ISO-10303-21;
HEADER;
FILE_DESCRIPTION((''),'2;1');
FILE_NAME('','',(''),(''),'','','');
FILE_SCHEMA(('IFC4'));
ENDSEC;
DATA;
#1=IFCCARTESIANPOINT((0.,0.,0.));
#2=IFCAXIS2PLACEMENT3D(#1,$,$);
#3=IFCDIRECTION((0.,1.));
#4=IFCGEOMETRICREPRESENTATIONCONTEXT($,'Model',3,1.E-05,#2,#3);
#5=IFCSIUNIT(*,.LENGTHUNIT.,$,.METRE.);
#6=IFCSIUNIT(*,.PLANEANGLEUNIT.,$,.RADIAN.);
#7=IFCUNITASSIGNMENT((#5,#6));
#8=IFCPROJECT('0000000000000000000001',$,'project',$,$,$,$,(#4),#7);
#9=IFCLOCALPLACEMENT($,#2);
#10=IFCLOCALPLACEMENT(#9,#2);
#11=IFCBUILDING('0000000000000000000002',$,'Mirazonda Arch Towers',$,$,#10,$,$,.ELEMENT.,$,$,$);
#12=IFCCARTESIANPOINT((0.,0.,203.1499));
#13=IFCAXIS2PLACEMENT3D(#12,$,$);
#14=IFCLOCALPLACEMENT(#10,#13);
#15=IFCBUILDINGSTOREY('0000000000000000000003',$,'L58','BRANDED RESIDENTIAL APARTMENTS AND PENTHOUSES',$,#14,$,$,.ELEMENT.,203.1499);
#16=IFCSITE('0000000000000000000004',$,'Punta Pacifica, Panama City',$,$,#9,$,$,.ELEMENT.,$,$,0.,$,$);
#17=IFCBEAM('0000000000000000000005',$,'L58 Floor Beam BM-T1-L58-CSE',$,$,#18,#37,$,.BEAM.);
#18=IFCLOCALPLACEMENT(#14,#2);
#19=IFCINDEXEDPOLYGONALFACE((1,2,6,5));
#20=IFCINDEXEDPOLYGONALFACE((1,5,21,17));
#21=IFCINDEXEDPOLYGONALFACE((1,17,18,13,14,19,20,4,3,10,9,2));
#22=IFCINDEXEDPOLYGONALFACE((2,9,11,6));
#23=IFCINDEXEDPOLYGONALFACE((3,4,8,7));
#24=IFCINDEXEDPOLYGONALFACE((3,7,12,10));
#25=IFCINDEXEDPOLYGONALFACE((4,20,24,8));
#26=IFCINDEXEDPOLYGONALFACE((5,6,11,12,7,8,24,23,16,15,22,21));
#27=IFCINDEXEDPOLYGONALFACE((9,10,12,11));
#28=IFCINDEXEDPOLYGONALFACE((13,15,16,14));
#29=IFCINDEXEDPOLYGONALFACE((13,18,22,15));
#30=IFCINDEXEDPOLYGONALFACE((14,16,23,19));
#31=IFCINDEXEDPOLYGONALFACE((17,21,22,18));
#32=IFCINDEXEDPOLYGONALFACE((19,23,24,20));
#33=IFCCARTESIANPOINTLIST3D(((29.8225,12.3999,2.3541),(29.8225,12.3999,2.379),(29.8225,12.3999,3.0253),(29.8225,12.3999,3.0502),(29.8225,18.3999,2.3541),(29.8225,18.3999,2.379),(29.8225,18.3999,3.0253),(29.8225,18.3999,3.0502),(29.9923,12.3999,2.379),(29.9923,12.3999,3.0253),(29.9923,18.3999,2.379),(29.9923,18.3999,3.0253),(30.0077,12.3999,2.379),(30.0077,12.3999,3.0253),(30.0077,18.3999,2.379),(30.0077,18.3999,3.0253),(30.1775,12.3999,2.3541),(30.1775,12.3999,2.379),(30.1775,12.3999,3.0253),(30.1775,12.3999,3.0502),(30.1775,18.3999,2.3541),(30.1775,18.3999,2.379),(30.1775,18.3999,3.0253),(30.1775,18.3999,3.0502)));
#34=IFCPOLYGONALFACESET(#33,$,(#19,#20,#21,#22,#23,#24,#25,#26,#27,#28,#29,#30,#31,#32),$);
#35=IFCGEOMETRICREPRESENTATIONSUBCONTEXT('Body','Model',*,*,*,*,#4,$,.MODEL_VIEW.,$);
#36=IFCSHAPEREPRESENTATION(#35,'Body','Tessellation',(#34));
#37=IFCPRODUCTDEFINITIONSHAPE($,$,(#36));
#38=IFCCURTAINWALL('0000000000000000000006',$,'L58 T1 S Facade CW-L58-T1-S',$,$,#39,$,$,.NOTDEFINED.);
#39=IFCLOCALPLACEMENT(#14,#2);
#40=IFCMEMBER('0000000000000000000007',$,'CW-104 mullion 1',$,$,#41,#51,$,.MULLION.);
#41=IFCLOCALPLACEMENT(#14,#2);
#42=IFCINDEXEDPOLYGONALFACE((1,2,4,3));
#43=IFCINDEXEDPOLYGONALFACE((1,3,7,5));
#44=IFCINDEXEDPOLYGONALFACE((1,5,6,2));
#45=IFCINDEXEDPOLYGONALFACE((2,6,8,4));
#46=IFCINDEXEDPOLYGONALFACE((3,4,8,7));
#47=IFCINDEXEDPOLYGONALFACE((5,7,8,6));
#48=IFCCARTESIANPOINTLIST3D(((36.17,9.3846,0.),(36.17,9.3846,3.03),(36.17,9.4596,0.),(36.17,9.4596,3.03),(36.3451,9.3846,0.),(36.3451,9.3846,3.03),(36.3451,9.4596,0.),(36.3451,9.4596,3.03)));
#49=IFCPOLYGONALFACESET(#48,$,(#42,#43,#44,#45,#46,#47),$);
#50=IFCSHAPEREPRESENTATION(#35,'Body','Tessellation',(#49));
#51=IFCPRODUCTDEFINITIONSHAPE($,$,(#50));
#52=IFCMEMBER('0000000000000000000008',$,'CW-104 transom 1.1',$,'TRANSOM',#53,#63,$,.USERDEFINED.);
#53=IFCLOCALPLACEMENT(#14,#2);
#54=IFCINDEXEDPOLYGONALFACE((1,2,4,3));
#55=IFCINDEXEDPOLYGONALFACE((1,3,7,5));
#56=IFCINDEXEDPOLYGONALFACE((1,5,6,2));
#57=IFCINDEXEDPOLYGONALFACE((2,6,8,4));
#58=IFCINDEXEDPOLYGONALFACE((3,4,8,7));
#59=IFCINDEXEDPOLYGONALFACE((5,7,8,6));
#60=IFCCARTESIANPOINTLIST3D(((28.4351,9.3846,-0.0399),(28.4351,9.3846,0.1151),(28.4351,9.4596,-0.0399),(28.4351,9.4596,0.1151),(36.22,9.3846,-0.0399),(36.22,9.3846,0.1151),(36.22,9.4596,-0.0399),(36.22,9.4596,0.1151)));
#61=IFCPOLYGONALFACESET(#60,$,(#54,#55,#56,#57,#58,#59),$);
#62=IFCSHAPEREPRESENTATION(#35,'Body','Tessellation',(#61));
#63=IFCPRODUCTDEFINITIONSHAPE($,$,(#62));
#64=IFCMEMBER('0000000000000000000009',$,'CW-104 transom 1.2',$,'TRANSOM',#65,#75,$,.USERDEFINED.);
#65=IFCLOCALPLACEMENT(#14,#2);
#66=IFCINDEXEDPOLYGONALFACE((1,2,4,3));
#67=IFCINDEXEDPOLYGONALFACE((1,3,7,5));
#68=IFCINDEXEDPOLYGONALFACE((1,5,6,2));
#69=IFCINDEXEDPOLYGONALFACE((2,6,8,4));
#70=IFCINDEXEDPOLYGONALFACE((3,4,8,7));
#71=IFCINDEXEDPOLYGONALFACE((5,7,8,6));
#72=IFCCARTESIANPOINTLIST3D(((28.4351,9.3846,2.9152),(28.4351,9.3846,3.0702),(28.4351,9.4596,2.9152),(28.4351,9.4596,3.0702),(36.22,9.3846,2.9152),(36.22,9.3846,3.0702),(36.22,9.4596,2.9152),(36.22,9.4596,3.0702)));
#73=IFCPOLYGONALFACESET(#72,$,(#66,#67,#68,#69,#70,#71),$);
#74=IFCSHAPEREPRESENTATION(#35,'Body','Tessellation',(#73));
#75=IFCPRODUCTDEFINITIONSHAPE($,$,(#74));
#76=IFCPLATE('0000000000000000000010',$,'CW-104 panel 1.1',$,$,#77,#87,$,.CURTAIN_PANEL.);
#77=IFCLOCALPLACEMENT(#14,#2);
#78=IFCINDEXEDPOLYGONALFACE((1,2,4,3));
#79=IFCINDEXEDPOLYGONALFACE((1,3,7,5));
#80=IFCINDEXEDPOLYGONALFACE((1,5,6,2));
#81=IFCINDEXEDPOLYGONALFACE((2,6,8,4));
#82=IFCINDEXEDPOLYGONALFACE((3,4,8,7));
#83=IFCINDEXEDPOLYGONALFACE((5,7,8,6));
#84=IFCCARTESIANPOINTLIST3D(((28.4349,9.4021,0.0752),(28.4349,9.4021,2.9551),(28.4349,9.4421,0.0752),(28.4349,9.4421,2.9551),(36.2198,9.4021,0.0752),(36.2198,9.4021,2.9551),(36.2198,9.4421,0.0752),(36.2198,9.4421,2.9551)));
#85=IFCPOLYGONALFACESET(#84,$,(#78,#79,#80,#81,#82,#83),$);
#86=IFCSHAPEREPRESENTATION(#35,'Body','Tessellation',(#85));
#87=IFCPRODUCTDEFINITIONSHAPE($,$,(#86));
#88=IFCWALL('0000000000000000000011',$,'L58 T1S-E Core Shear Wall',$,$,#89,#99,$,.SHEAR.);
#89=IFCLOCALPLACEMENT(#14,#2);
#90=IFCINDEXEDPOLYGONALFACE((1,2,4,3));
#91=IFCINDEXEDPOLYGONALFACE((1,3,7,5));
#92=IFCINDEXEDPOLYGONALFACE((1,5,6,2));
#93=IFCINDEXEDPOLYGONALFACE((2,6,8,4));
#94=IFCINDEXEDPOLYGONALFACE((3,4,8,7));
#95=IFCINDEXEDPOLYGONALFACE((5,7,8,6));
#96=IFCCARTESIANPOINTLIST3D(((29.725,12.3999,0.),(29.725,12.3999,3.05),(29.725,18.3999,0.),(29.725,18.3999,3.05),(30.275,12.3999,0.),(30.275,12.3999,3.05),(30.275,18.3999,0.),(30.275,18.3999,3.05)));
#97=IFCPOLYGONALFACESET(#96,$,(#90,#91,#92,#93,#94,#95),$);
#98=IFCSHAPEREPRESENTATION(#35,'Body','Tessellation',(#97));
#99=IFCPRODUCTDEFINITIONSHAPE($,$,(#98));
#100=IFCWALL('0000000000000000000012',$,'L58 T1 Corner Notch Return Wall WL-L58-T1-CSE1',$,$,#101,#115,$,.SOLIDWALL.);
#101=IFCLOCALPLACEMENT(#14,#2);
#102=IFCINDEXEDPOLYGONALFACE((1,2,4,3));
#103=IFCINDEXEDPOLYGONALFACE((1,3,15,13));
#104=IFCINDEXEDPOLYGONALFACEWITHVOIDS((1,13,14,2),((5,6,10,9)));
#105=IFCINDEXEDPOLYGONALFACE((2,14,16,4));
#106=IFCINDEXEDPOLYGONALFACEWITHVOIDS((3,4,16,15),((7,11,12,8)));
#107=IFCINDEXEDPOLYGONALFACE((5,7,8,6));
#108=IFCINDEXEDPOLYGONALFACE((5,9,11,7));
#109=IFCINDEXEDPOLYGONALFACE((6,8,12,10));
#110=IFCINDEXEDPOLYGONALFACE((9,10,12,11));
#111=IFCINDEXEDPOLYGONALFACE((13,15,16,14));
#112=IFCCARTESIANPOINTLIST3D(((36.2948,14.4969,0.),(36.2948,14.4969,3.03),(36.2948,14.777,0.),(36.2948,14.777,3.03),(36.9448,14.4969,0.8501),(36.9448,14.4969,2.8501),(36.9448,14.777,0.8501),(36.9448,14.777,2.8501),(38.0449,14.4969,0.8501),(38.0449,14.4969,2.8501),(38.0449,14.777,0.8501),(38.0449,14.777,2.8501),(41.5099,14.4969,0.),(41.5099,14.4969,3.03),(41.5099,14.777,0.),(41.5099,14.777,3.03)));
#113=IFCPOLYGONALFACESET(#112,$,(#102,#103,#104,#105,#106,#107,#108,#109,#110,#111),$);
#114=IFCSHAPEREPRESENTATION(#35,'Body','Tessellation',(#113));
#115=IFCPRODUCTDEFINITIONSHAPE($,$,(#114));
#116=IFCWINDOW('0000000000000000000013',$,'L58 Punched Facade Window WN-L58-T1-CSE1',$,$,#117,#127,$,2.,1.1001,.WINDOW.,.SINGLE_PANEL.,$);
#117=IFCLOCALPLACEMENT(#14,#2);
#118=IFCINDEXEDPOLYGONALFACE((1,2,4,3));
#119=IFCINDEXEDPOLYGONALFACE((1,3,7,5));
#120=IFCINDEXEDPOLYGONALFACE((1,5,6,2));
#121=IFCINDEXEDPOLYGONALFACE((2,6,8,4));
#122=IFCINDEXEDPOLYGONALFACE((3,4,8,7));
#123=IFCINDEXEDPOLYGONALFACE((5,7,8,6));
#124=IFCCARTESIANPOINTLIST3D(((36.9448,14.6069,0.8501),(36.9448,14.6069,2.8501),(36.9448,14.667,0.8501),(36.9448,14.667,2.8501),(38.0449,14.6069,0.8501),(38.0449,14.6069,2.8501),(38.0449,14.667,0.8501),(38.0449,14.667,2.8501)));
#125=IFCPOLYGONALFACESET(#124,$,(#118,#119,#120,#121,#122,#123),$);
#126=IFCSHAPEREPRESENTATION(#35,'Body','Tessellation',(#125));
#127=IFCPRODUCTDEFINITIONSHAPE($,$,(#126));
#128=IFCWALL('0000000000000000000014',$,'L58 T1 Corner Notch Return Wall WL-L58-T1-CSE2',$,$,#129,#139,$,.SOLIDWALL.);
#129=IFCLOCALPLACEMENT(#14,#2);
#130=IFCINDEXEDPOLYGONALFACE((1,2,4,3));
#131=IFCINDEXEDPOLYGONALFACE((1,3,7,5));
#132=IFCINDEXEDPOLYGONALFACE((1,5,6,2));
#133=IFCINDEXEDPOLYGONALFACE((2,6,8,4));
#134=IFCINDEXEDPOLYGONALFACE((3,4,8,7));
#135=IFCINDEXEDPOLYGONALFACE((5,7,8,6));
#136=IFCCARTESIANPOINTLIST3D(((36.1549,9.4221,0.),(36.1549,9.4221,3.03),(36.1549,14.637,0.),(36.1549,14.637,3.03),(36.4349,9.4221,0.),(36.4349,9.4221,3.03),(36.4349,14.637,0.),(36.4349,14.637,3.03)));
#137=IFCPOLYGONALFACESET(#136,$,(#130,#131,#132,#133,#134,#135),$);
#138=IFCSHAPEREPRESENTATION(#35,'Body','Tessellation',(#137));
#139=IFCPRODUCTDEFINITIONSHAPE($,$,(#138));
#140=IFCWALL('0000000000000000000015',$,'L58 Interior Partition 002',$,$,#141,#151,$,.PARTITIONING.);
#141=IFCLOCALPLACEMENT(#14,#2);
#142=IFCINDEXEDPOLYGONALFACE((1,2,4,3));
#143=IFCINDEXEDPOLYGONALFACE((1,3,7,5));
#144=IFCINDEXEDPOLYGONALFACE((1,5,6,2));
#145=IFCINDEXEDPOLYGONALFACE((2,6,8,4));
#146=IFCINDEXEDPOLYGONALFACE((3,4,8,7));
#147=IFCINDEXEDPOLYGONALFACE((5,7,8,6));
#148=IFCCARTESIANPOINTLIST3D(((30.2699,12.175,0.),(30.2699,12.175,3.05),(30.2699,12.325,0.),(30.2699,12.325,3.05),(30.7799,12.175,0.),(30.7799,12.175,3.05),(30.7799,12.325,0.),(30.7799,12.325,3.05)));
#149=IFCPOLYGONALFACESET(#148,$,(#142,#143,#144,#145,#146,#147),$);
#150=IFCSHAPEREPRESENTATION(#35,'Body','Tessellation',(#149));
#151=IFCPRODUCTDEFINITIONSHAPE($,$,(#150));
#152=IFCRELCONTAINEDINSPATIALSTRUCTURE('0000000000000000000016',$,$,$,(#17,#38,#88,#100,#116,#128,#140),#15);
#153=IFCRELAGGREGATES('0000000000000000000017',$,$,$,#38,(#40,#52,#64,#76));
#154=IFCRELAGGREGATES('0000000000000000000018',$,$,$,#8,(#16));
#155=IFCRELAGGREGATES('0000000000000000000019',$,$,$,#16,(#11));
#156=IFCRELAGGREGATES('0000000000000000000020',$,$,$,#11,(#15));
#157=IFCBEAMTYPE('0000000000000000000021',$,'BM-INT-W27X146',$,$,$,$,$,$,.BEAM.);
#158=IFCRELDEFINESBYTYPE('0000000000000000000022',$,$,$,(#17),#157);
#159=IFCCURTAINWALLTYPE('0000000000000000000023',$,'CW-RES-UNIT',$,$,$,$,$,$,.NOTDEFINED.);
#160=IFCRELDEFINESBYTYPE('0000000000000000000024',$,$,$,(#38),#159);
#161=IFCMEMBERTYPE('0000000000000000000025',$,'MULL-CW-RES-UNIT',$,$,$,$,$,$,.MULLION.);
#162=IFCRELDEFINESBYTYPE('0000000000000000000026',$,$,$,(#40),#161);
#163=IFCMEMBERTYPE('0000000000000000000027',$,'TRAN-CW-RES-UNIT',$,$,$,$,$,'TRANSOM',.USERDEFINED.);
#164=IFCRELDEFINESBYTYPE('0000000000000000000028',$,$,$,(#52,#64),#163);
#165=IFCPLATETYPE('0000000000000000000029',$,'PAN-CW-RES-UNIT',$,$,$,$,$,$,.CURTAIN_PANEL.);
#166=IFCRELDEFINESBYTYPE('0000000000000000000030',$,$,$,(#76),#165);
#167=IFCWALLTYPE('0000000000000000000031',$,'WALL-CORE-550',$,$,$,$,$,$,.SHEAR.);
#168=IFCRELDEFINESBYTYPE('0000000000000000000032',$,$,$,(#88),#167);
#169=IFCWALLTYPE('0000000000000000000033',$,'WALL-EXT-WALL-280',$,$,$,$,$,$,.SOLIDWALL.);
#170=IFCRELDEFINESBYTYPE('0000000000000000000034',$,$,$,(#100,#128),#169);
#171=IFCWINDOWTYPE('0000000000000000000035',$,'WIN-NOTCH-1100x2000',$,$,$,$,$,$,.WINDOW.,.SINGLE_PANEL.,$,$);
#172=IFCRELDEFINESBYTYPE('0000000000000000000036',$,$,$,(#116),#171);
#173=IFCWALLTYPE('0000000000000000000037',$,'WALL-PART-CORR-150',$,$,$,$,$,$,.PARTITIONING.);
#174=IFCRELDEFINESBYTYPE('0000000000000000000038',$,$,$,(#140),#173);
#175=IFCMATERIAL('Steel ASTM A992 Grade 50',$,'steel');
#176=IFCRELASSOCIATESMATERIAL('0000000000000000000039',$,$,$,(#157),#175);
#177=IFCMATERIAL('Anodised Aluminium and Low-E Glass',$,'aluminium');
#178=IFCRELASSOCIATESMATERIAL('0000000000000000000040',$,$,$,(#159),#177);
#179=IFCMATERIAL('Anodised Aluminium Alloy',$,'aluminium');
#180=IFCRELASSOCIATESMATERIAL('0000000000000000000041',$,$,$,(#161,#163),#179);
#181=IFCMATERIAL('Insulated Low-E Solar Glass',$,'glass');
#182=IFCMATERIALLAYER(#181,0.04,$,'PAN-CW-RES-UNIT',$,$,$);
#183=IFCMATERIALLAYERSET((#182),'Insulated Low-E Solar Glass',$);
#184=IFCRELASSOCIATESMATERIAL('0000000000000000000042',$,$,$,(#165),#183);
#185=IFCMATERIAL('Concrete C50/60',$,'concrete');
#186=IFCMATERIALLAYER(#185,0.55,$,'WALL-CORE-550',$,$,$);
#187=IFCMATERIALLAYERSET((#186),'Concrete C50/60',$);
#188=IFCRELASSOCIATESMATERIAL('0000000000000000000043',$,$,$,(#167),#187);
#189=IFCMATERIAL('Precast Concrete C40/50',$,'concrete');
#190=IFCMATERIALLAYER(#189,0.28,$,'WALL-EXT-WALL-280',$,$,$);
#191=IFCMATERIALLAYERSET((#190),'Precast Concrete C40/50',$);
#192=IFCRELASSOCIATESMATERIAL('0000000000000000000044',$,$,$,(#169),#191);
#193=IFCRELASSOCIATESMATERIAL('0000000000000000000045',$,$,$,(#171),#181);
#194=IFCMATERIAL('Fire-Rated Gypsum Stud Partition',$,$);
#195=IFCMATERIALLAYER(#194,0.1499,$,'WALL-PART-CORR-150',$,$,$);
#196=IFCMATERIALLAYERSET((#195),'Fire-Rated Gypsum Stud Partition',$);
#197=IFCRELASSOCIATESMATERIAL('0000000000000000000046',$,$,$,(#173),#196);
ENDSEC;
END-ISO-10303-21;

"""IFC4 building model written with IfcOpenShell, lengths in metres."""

from ifc_helpers import new_model, si_unit, direction, frame, frame_2d, origin, origin_2d, place, context, subcontext, project, spatial, rectangle, i_section, extrude, material, layer, layer_set, material_profile, profile_set, type_object, element, fill, aggregate, save


model = new_model("IFC4")

# Units and contexts
model_context = context("Model", 3, precision=1e-05, world=origin(), true_north=direction((0.0, 1.0)))
body_context = subcontext(model_context, "Body", "Model", "MODEL_VIEW")
ifc_project = project(units=[si_unit("LENGTHUNIT", "METRE"), si_unit("PLANEANGLEUNIT", "RADIAN")], contexts=[model_context])

# Site, building, storey
site_placement = place(None, origin())
site = spatial("IfcSite", under=ifc_project, at=site_placement, Name="Punta Pacifica, Panama City", CompositionType="ELEMENT", RefElevation=0.0)
building_placement = place(site_placement, origin())
building = spatial("IfcBuilding", under=site, at=building_placement, Name="Mirazonda Arch Towers", CompositionType="ELEMENT")
storey_placement = place(building_placement, frame((0.0, 0.0, 203.1499)))
storey = spatial("IfcBuildingStorey", under=building, at=storey_placement, Name="L58", Description="BRANDED RESIDENTIAL APARTMENTS AND PENTHOUSES", CompositionType="ELEMENT", Elevation=203.1499)

# Beam
ifc_material_1 = material(Name="Steel ASTM A992 Grade 50", Category="steel")
ifc_material_profile_1 = material_profile(ifc_material_1, i_section(OverallWidth=0.355, OverallDepth=0.696, WebThickness=0.0154, FlangeThickness=0.0249, at=origin_2d()), Name="W27X146")
ifc_profile_set_1 = profile_set([ifc_material_profile_1], Name="Steel ASTM A992 Grade 50")
beam_type = type_object("IfcBeamType", Name="BM-INT-W27X146", PredefinedType="BEAM", material=ifc_profile_set_1)
beam_placement = place(storey_placement, frame((30.0, 12.3999, 2.7021), z_axis=(0.0, 1.0, 0.0), x_axis=(-1.0, 0.0, 0.0)))
element("IfcBeam", 1, at=beam_placement, inside=storey, type_object=beam_type, Name="L58 Floor Beam BM-T1-L58-CSE", PredefinedType="BEAM", context=body_context, shape_type="SweptSolid", body=[
    extrude(i_section(OverallWidth=0.355, OverallDepth=0.696, WebThickness=0.0154, FlangeThickness=0.0249, at=origin_2d()), origin(), (0.0, 0.0, 1.0), 6.0),
])

# Curtain wall, members, plate
ifc_material_2 = material(Name="Anodised Aluminium and Low-E Glass", Category="aluminium")
curtain_wall_type = type_object("IfcCurtainWallType", Name="CW-RES-UNIT", PredefinedType="NOTDEFINED", material=ifc_material_2)
curtain_wall_placement = place(storey_placement, origin())
curtain_wall = element("IfcCurtainWall", 2, at=curtain_wall_placement, inside=storey, type_object=curtain_wall_type, Name="L58 T1 S Facade CW-L58-T1-S", PredefinedType="NOTDEFINED")
ifc_material_3 = material(Name="Anodised Aluminium Alloy", Category="aluminium")
ifc_material_profile_2 = material_profile(ifc_material_3, rectangle(XDim=0.075, YDim=0.175, at=origin_2d()), Name="ALU-MULL-75x175")
ifc_profile_set_2 = profile_set([ifc_material_profile_2], Name="Anodised Aluminium Alloy")
member_type_1 = type_object("IfcMemberType", Name="MULL-CW-RES-UNIT", PredefinedType="MULLION", material=ifc_profile_set_2)
member_1_placement = place(storey_placement, frame((36.2576, 9.4221, 0.0), z_axis=(0.0, 0.0, 1.0), x_axis=(0.0, -1.0, 0.0)))
member_1 = element("IfcMember", 3, at=member_1_placement, type_object=member_type_1, Name="CW-104 mullion 1", PredefinedType="MULLION", context=body_context, shape_type="SweptSolid", body=[
    extrude(rectangle(XDim=0.075, YDim=0.175, at=origin_2d()), origin(), (0.0, 0.0, 1.0), 3.03),
])
ifc_material_profile_3 = material_profile(ifc_material_3, rectangle(XDim=0.075, YDim=0.155, at=origin_2d()), Name="ALU-TRAN-75x155")
ifc_profile_set_3 = profile_set([ifc_material_profile_3], Name="Anodised Aluminium Alloy")
member_type_2 = type_object("IfcMemberType", Name="TRAN-CW-RES-UNIT", ElementType="TRANSOM", PredefinedType="USERDEFINED", material=ifc_profile_set_3)
member_2_placement = place(storey_placement, frame((36.22, 9.4221, 0.0376), z_axis=(-1.0, 0.0, 0.0), x_axis=(0.0, -1.0, 0.0)))
member_2 = element("IfcMember", 4, at=member_2_placement, type_object=member_type_2, Name="CW-104 transom 1.1", ObjectType="TRANSOM", PredefinedType="USERDEFINED", context=body_context, shape_type="SweptSolid", body=[
    extrude(rectangle(XDim=0.075, YDim=0.155, at=origin_2d()), origin(), (0.0, 0.0, 1.0), 7.7849),
])
member_3_placement = place(storey_placement, frame((36.22, 9.4221, 2.9927), z_axis=(-1.0, 0.0, 0.0), x_axis=(0.0, -1.0, 0.0)))
member_3 = element("IfcMember", 5, at=member_3_placement, type_object=member_type_2, Name="CW-104 transom 1.2", ObjectType="TRANSOM", PredefinedType="USERDEFINED", context=body_context, shape_type="SweptSolid", body=[
    extrude(rectangle(XDim=0.075, YDim=0.155, at=origin_2d()), origin(), (0.0, 0.0, 1.0), 7.7849),
])
ifc_material_4 = material(Name="Insulated Low-E Solar Glass", Category="glass")
ifc_layer_1 = layer(ifc_material_4, 0.04, Name="PAN-CW-RES-UNIT")
ifc_layer_set_1 = layer_set([ifc_layer_1], Name="Insulated Low-E Solar Glass")
plate_type = type_object("IfcPlateType", Name="PAN-CW-RES-UNIT", PredefinedType="CURTAIN_PANEL", material=ifc_layer_set_1)
plate_placement = place(storey_placement, frame((32.3274, 9.4221, 0.0752), z_axis=(0.0, 0.0, 1.0), x_axis=(-1.0, 0.0, 0.0)))
plate = element("IfcPlate", 6, at=plate_placement, type_object=plate_type, Name="CW-104 panel 1.1", PredefinedType="CURTAIN_PANEL", context=body_context, shape_type="SweptSolid", body=[
    extrude(rectangle(XDim=7.7849, YDim=0.04, at=origin_2d()), origin(), (0.0, 0.0, 1.0), 2.8799),
])
aggregate(curtain_wall, [member_1, member_2, member_3, plate])

# Wall
ifc_material_5 = material(Name="Concrete C50/60", Category="concrete")
ifc_layer_2 = layer(ifc_material_5, 0.55, Name="WALL-CORE-550")
ifc_layer_set_2 = layer_set([ifc_layer_2], Name="Concrete C50/60")
wall_type_1 = type_object("IfcWallType", Name="WALL-CORE-550", PredefinedType="SHEAR", material=ifc_layer_set_2)
wall_1_placement = place(storey_placement, frame((30.0, 12.3999, 0.0), z_axis=(0.0, 0.0, 1.0), x_axis=(0.0, 1.0, 0.0)))
element("IfcWall", 7, at=wall_1_placement, inside=storey, type_object=wall_type_1, Name="L58 T1S-E Core Shear Wall", PredefinedType="SHEAR", context=body_context, shape_type="SweptSolid", body=[
    extrude(rectangle(XDim=6.0, YDim=0.55, at=frame_2d((3.0, 0.0))), origin(), (0.0, 0.0, 1.0), 3.05),
])

# Wall, opening, window
ifc_material_6 = material(Name="Precast Concrete C40/50", Category="concrete")
ifc_layer_3 = layer(ifc_material_6, 0.28, Name="WALL-EXT-WALL-280")
ifc_layer_set_3 = layer_set([ifc_layer_3], Name="Precast Concrete C40/50")
wall_type_2 = type_object("IfcWallType", Name="WALL-EXT-WALL-280", PredefinedType="SOLIDWALL", material=ifc_layer_set_3)
wall_2_placement = place(storey_placement, frame((36.2949, 14.637, 0.0), z_axis=(0.0, 0.0, 1.0), x_axis=(1.0, 0.0, 0.0)))
wall_2 = element("IfcWall", 8, at=wall_2_placement, inside=storey, type_object=wall_type_2, Name="L58 T1 Corner Notch Return Wall WL-L58-T1-CSE1", PredefinedType="SOLIDWALL", context=body_context, shape_type="SweptSolid", body=[
    extrude(rectangle(XDim=5.2151, YDim=0.28, at=frame_2d((2.6074, 0.0))), origin(), (0.0, 0.0, 1.0), 3.03),
])
opening_1_placement = place(wall_2_placement, frame((0.6499, 0.0, 0.8501)))
opening_1 = element("IfcOpeningElement", 9, at=opening_1_placement, cuts=wall_2, PredefinedType="OPENING", context=body_context, shape_type="SweptSolid", body=[
    extrude(rectangle(XDim=1.1001, YDim=2.0, at=frame_2d((0.55, 1.0))), frame((0.0, 0.1499, 0.0), z_axis=(0.0, -1.0, 0.0), x_axis=(1.0, 0.0, 0.0)), (0.0, 0.0, 1.0), 0.3),
])
window_type = type_object("IfcWindowType", Name="WIN-NOTCH-1100x2000", PartitioningType="SINGLE_PANEL", PredefinedType="WINDOW", material=ifc_material_4)
window_placement = place(opening_1_placement, origin())
window = element("IfcWindow", 10, at=window_placement, inside=storey, type_object=window_type, Name="L58 Punched Facade Window WN-L58-T1-CSE1", OverallHeight=2.0, OverallWidth=1.1001, PartitioningType="SINGLE_PANEL", PredefinedType="WINDOW", context=body_context, shape_type="SweptSolid", body=[
    extrude(rectangle(XDim=1.1001, YDim=2.0, at=frame_2d((0.55, 1.0))), frame((0.0, 0.03, 0.0), z_axis=(0.0, -1.0, 0.0), x_axis=(1.0, 0.0, 0.0)), (0.0, 0.0, 1.0), 0.0601),
])
fill(opening_1, window)

# Walls
wall_3_placement = place(storey_placement, frame((36.2949, 9.4221, 0.0), z_axis=(0.0, 0.0, 1.0), x_axis=(0.0, 1.0, 0.0)))
element("IfcWall", 11, at=wall_3_placement, inside=storey, type_object=wall_type_2, Name="L58 T1 Corner Notch Return Wall WL-L58-T1-CSE2", PredefinedType="SOLIDWALL", context=body_context, shape_type="SweptSolid", body=[
    extrude(rectangle(XDim=5.2148, YDim=0.28, at=frame_2d((2.6074, 0.0))), origin(), (0.0, 0.0, 1.0), 3.03),
])
ifc_material_7 = material(Name="Fire-Rated Gypsum Stud Partition")
ifc_layer_4 = layer(ifc_material_7, 0.1499, Name="WALL-PART-CORR-150")
ifc_layer_set_4 = layer_set([ifc_layer_4], Name="Fire-Rated Gypsum Stud Partition")
wall_type_3 = type_object("IfcWallType", Name="WALL-PART-CORR-150", PredefinedType="PARTITIONING", material=ifc_layer_set_4)
wall_4_placement = place(storey_placement, frame((30.27, 12.25, 0.0), z_axis=(0.0, 0.0, 1.0), x_axis=(1.0, 0.0, 0.0)))
element("IfcWall", 12, at=wall_4_placement, inside=storey, type_object=wall_type_3, Name="L58 Interior Partition 002", PredefinedType="PARTITIONING", context=body_context, shape_type="SweptSolid", body=[
    extrude(rectangle(XDim=0.51, YDim=0.1499, at=frame_2d((0.2549, 0.0))), origin(), (0.0, 0.0, 1.0), 3.05),
])

save(model, "model.ifc")
